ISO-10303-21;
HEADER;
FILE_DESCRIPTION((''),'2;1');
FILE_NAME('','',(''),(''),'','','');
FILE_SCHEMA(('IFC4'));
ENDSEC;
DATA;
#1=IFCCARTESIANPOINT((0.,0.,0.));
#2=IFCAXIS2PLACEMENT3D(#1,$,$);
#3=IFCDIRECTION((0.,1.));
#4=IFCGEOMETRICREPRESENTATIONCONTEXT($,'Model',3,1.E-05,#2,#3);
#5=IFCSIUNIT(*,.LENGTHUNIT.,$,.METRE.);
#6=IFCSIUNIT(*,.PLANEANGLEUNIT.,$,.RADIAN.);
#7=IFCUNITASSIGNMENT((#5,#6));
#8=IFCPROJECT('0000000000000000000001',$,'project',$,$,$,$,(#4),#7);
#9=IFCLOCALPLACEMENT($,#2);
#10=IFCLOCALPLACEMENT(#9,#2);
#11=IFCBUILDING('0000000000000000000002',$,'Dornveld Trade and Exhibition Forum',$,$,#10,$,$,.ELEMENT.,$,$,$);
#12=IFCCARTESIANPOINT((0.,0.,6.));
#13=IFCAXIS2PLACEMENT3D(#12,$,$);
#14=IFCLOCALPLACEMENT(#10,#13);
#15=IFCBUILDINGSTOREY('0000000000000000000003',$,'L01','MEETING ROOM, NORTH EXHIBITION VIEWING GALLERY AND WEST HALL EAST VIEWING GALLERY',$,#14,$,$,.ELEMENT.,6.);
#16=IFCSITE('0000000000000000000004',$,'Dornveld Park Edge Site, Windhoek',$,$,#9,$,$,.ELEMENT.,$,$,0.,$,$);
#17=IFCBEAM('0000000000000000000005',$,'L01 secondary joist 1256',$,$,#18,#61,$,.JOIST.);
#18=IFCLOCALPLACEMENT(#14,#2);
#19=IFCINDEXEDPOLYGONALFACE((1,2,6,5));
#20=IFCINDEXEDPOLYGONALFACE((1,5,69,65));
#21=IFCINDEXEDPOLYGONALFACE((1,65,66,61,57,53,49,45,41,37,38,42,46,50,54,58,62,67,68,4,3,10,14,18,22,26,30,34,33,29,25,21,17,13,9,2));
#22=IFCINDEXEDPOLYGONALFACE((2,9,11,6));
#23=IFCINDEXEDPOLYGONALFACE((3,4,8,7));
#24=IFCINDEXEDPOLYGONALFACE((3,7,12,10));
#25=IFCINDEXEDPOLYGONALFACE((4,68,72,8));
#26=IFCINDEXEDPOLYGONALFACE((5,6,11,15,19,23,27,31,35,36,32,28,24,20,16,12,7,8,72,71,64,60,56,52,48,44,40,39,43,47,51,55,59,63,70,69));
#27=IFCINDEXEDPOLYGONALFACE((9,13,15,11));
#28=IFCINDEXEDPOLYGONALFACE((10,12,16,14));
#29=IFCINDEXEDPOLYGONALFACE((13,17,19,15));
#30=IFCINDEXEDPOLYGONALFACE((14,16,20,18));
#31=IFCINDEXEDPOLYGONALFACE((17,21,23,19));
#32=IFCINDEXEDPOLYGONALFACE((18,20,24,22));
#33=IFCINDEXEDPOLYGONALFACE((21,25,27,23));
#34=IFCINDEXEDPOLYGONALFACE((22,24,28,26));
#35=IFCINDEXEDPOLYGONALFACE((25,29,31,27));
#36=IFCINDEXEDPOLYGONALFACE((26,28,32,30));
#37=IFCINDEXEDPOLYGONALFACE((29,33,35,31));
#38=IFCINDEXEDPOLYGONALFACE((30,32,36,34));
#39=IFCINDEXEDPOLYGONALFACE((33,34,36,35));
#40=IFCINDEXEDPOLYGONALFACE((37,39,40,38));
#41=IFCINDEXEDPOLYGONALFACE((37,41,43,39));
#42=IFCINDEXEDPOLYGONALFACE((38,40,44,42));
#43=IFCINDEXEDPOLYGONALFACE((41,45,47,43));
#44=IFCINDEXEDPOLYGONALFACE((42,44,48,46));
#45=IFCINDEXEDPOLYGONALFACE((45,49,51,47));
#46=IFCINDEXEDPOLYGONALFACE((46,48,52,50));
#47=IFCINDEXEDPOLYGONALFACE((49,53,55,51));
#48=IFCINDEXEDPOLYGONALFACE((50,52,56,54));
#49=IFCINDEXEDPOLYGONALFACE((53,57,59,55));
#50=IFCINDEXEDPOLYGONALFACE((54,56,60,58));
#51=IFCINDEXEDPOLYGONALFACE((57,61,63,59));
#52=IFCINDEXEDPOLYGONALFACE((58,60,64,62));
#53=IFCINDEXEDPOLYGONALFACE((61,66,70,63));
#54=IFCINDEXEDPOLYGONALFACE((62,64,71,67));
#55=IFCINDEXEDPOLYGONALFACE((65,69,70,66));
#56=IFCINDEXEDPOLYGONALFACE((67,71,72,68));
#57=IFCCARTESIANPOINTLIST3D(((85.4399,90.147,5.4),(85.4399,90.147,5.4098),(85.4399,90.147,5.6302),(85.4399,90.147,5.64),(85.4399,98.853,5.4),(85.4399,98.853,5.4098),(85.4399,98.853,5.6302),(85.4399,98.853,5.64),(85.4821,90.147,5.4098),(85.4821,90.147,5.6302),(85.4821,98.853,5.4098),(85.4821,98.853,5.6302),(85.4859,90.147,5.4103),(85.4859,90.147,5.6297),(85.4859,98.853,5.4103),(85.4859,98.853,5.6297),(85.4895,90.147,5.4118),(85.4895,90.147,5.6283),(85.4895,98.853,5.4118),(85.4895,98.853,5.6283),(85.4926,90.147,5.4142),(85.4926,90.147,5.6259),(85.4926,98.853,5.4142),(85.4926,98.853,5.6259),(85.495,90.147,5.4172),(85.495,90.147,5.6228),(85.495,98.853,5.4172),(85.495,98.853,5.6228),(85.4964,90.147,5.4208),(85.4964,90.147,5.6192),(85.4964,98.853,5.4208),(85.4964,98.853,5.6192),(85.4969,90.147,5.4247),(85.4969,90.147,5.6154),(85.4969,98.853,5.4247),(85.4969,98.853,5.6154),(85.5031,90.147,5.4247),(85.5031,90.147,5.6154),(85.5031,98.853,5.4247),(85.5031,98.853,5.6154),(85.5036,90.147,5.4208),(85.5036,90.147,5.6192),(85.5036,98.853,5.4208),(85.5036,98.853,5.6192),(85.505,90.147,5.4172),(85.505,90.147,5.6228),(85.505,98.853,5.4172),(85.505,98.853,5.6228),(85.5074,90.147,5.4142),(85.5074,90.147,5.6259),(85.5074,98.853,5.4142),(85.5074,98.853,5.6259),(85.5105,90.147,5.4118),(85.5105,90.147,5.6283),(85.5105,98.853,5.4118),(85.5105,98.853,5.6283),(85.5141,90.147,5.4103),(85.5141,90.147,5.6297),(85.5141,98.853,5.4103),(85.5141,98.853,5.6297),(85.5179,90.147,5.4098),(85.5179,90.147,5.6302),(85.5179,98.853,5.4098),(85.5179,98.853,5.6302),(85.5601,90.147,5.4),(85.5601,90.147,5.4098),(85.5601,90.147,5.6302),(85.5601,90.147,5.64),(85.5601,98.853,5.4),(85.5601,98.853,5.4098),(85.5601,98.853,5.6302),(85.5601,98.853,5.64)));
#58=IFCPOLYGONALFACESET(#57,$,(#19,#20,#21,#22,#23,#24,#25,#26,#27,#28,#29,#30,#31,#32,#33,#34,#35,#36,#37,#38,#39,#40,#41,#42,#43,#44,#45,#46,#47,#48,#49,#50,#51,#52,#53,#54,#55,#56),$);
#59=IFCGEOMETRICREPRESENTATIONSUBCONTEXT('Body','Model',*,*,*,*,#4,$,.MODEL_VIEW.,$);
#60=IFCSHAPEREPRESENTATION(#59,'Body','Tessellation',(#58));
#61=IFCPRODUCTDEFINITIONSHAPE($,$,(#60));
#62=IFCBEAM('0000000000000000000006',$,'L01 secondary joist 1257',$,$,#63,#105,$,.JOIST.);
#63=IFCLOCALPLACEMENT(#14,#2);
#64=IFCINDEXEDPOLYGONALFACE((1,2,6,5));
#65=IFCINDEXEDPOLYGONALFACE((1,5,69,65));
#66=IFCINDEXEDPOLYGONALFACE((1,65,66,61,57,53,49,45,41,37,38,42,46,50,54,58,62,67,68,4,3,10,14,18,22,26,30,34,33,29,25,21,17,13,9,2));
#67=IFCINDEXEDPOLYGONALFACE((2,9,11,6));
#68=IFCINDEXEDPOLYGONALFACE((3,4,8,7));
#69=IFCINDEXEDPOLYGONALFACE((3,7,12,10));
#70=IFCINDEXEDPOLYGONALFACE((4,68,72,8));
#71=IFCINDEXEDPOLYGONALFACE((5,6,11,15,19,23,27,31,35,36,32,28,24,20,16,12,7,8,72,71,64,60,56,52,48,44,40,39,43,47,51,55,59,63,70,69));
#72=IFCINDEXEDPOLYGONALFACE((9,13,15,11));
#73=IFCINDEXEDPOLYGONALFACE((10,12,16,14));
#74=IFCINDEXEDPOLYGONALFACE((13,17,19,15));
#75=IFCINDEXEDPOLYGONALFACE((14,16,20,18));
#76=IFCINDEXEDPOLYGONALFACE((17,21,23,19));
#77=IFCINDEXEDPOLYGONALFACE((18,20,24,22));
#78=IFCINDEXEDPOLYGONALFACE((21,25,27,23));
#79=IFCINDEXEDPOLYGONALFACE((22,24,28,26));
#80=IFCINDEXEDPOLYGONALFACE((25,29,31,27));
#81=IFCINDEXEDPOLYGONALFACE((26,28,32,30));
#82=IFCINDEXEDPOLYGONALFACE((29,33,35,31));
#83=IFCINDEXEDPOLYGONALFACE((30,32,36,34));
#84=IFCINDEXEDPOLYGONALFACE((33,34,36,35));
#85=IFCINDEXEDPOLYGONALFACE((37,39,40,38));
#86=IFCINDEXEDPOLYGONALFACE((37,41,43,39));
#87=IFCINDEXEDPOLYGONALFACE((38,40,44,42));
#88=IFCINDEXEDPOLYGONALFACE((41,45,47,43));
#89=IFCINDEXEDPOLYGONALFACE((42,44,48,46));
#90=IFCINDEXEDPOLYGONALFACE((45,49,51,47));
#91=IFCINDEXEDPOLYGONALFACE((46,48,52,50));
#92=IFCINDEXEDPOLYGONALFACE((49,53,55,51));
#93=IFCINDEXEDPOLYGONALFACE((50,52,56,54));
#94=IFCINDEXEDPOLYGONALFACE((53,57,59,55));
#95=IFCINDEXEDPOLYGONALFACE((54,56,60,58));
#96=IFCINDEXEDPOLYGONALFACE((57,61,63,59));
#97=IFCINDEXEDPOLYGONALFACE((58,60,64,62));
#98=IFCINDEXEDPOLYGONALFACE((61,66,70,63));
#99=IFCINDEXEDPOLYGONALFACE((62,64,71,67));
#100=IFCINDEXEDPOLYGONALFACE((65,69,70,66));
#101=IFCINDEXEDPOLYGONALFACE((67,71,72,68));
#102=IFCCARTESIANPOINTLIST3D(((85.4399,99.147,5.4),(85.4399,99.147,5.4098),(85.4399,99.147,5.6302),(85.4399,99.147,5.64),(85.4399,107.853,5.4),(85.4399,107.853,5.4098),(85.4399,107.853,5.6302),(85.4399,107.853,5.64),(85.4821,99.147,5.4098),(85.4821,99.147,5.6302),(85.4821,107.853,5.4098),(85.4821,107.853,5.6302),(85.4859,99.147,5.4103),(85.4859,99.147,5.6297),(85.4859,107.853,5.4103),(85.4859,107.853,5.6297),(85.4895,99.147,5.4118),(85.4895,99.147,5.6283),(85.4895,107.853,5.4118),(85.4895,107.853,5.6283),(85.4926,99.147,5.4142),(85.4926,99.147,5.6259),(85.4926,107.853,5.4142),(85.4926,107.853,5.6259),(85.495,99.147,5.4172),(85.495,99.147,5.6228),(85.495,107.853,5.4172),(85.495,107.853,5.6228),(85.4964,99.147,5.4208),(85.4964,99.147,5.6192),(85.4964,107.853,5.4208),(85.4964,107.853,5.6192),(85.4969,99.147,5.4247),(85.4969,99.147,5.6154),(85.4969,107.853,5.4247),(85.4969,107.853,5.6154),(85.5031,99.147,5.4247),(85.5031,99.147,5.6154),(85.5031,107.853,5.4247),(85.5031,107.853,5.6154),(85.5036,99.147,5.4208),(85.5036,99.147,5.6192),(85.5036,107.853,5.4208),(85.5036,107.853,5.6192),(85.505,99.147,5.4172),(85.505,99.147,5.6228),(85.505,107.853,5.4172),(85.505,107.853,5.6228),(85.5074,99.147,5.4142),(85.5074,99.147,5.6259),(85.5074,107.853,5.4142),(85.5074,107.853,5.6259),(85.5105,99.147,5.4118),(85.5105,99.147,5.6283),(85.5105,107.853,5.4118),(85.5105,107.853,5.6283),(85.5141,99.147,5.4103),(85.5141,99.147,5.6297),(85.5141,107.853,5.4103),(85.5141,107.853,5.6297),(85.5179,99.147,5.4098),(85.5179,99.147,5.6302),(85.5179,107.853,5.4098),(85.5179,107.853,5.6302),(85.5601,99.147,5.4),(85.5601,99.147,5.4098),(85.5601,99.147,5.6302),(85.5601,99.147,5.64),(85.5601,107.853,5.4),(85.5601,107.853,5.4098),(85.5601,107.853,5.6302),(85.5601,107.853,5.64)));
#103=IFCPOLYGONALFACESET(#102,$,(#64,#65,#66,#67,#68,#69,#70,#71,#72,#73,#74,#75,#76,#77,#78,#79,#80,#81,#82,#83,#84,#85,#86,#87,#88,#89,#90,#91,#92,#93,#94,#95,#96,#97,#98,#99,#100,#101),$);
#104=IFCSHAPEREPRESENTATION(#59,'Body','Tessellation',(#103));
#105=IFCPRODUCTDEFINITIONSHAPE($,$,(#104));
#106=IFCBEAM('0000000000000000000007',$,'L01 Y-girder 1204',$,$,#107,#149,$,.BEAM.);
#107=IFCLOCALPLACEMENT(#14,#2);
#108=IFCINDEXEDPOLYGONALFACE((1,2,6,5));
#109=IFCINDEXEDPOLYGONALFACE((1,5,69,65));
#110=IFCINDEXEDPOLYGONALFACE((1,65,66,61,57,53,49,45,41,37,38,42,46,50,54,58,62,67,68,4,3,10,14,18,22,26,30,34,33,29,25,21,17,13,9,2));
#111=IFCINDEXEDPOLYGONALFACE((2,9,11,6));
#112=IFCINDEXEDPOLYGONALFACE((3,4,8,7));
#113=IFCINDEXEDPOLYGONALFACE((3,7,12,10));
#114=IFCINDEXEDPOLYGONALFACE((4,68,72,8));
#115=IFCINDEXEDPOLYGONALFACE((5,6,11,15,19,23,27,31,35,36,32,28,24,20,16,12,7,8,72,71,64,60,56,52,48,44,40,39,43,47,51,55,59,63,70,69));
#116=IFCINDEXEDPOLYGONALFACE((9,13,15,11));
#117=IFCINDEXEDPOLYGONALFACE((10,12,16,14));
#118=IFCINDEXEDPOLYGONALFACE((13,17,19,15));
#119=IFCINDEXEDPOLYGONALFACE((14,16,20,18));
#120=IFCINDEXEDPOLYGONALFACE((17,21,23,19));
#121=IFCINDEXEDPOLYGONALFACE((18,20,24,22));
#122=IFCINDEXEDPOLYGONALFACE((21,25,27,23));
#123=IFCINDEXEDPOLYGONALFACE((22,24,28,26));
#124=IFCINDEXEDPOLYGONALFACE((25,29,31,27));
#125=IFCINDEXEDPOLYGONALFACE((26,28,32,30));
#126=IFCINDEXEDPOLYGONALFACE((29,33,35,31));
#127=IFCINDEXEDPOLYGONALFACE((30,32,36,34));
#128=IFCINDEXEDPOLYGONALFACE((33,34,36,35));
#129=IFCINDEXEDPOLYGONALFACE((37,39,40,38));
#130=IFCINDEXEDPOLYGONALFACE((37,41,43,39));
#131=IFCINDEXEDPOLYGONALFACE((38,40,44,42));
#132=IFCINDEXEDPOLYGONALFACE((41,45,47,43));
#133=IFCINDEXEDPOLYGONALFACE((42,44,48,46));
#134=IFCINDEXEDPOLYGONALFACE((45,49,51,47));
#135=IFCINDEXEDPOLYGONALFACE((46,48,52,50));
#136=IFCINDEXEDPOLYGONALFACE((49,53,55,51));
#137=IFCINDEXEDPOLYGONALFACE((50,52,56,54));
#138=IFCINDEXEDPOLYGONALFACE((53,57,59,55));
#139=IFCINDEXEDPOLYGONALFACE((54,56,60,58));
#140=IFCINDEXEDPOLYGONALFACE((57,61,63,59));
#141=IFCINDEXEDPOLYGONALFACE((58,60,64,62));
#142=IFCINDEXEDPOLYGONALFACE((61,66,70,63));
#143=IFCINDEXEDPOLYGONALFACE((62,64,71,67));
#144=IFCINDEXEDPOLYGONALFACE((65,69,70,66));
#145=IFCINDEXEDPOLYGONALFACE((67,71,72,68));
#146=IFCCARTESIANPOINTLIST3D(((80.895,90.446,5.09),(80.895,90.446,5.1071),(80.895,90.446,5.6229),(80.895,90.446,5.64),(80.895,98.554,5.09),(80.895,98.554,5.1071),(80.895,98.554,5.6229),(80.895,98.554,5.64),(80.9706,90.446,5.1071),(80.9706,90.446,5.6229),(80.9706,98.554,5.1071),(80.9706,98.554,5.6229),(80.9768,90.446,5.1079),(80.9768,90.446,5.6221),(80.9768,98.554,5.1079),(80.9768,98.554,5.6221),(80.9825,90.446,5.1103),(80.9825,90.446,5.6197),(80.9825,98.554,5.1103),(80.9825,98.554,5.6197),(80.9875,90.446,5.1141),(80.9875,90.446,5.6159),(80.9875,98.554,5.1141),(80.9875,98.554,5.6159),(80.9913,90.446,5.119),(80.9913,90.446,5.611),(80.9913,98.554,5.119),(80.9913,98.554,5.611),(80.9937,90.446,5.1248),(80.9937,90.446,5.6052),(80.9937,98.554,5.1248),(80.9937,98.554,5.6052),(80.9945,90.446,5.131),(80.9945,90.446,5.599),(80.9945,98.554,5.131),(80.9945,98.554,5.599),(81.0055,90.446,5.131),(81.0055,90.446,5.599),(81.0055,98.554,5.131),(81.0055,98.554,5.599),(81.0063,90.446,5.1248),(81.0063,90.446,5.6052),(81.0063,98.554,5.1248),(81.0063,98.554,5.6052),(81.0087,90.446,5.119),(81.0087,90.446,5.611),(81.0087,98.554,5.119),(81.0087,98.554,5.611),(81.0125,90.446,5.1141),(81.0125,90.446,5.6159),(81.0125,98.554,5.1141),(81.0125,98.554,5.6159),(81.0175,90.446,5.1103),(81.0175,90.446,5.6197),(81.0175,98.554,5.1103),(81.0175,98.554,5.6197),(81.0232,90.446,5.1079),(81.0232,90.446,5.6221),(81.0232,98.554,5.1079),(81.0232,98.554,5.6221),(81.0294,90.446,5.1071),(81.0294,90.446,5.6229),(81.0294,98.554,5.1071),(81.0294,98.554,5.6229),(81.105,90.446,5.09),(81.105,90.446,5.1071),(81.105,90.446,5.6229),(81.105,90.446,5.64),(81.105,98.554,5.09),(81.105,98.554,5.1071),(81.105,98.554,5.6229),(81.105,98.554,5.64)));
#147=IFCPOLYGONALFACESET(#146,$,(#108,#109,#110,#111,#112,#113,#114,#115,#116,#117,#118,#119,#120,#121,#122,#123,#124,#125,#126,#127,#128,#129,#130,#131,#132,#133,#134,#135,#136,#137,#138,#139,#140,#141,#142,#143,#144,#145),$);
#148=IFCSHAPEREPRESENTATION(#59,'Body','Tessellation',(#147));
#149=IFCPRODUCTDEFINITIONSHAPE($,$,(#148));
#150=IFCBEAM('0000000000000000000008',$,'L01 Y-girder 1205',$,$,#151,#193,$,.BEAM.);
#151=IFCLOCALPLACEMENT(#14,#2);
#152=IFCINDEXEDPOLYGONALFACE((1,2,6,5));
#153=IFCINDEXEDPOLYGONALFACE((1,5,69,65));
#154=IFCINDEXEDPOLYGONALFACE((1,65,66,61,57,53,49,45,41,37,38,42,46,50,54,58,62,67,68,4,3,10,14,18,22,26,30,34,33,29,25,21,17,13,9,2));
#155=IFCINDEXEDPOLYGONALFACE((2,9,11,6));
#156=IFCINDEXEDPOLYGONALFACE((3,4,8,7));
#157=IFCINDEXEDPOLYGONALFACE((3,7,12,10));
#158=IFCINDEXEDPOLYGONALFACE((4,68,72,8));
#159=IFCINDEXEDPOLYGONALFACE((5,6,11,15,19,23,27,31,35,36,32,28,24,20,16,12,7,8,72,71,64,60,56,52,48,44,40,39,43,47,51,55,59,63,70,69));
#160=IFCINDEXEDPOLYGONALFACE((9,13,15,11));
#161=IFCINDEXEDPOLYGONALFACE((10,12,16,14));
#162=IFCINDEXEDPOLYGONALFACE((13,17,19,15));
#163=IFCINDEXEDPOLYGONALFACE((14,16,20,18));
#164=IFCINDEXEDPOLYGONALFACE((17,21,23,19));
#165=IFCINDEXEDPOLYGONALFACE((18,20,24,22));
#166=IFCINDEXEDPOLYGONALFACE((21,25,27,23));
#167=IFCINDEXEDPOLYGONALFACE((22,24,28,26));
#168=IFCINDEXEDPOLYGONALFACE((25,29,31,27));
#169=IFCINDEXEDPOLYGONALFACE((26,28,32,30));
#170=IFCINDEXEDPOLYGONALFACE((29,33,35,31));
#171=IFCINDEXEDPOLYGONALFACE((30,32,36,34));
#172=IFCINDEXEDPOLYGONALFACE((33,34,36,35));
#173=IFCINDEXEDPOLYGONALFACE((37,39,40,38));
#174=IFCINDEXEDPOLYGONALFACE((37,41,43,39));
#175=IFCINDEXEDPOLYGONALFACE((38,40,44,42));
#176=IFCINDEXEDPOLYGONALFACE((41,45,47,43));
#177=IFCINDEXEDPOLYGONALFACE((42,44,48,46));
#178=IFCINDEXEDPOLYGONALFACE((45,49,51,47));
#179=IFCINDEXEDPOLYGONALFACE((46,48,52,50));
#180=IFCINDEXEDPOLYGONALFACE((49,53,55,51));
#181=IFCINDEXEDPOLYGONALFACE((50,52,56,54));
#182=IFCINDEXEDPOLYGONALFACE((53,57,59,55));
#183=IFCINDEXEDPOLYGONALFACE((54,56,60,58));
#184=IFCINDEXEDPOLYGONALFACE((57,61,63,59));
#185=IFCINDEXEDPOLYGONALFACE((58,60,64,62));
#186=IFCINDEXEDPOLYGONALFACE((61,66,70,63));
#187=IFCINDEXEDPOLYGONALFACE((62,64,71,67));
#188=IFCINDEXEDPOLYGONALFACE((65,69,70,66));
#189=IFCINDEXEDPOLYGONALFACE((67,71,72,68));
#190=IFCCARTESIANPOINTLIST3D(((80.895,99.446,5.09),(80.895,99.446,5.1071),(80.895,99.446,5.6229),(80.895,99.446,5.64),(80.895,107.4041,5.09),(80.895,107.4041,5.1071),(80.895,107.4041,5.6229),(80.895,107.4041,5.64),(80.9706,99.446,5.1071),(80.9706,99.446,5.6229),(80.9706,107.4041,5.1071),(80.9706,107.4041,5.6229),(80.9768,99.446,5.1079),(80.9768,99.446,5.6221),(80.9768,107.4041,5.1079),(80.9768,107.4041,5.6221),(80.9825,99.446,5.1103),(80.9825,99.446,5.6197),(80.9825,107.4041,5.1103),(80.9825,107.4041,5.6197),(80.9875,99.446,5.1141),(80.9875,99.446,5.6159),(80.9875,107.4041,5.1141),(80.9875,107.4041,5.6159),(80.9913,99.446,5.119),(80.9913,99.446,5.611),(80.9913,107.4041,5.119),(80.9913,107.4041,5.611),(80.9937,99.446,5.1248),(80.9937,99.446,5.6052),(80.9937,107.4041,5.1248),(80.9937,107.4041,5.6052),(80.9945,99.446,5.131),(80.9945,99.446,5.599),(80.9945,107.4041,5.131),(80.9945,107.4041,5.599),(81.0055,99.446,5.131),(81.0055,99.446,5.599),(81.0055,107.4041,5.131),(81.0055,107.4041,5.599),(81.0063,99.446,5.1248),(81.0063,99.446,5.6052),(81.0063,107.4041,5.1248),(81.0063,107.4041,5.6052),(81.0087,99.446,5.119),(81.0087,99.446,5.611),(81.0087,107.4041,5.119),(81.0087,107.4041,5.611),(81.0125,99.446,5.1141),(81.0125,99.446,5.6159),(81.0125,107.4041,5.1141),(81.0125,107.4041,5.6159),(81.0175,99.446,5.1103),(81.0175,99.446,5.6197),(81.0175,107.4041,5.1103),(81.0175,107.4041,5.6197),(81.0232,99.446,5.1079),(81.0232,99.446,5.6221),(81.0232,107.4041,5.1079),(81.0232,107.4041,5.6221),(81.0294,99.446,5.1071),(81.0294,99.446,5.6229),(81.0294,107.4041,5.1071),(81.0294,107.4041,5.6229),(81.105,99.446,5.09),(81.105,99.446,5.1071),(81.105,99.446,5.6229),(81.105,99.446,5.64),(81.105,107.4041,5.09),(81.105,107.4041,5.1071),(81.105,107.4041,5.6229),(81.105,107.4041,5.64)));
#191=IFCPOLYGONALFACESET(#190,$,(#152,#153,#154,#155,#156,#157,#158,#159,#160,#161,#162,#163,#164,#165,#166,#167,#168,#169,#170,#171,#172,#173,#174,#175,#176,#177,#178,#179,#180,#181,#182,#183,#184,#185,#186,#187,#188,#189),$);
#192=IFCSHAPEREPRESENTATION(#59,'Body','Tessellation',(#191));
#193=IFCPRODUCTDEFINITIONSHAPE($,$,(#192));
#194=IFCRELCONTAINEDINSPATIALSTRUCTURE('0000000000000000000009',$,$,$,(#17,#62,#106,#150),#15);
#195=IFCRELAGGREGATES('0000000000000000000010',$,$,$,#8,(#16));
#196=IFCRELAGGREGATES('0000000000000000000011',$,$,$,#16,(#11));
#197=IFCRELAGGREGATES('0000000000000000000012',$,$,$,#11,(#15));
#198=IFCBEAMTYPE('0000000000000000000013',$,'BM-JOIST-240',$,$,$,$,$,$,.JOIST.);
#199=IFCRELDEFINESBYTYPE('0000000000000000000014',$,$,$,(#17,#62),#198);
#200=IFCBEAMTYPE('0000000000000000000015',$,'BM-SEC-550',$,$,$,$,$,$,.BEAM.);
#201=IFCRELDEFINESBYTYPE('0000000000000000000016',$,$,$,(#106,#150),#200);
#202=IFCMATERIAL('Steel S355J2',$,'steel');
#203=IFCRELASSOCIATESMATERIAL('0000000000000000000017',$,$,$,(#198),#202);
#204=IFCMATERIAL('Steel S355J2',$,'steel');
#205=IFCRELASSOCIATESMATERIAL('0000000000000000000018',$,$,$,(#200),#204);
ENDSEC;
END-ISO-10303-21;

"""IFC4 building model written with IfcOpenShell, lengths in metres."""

from ifc_helpers import new_model, si_unit, direction, frame, origin, origin_2d, place, context, subcontext, project, spatial, i_section, extrude, material, material_profile, profile_set, type_object, element, save


model = new_model("IFC4")

# Units and contexts
model_context = context("Model", 3, precision=1e-05, world=origin(), true_north=direction((0.0, 1.0)))
body_context = subcontext(model_context, "Body", "Model", "MODEL_VIEW")
ifc_project = project(units=[si_unit("LENGTHUNIT", "METRE"), si_unit("PLANEANGLEUNIT", "RADIAN")], contexts=[model_context])

# Site, building, storey
site_placement = place(None, origin())
site = spatial("IfcSite", under=ifc_project, at=site_placement, Name="Dornveld Park Edge Site, Windhoek", CompositionType="ELEMENT", RefElevation=0.0)
building_placement = place(site_placement, origin())
building = spatial("IfcBuilding", under=site, at=building_placement, Name="Dornveld Trade and Exhibition Forum", CompositionType="ELEMENT")
storey_placement = place(building_placement, frame((0.0, 0.0, 6.0)))
storey = spatial("IfcBuildingStorey", under=building, at=storey_placement, Name="L01", Description="MEETING ROOM, NORTH EXHIBITION VIEWING GALLERY AND WEST HALL EAST VIEWING GALLERY", CompositionType="ELEMENT", Elevation=6.0)

# Beams
ifc_material_1 = material(Name="Steel S355J2", Category="steel")
ifc_material_profile_1 = material_profile(ifc_material_1, i_section(OverallWidth=0.1201, OverallDepth=0.24, WebThickness=0.0061, FlangeThickness=0.0098, FilletRadius=0.0149, at=origin_2d()), Name="IPE 240")
ifc_profile_set_1 = profile_set([ifc_material_profile_1], Name="Steel S355J2")
beam_type_1 = type_object("IfcBeamType", Name="BM-JOIST-240", PredefinedType="JOIST", material=ifc_profile_set_1)
for number, where, z_axis, x_axis, name in (
    (1, (85.5, 90.147, 5.52), (0.0, 1.0, 0.0), (-1.0, 0.0, 0.0), "L01 secondary joist 1256"),
    (2, (85.5, 99.147, 5.52), (0.0, 1.0, 0.0), (-1.0, 0.0, 0.0), "L01 secondary joist 1257"),
):
    element("IfcBeam", number, at=place(storey_placement, frame(where, z_axis=z_axis, x_axis=x_axis)), inside=storey, type_object=beam_type_1, Name=name, PredefinedType="JOIST", context=body_context, shape_type="SweptSolid", body=[
        extrude(i_section(OverallWidth=0.1201, OverallDepth=0.24, WebThickness=0.0061, FlangeThickness=0.0098, FilletRadius=0.0149, at=origin_2d()), origin(), (0.0, 0.0, 1.0), 8.7061),
    ])
ifc_material_2 = material(Name="Steel S355J2", Category="steel")
ifc_material_profile_2 = material_profile(ifc_material_2, i_section(OverallWidth=0.21, OverallDepth=0.55, WebThickness=0.011, FlangeThickness=0.0171, FilletRadius=0.0239, at=origin_2d()), Name="IPE 550")
ifc_profile_set_2 = profile_set([ifc_material_profile_2], Name="Steel S355J2")
beam_type_2 = type_object("IfcBeamType", Name="BM-SEC-550", PredefinedType="BEAM", material=ifc_profile_set_2)
beam_1_placement = place(storey_placement, frame((81.0, 90.446, 5.365), z_axis=(0.0, 1.0, 0.0), x_axis=(-1.0, 0.0, 0.0)))
element("IfcBeam", 3, at=beam_1_placement, inside=storey, type_object=beam_type_2, Name="L01 Y-girder 1204", PredefinedType="BEAM", context=body_context, shape_type="SweptSolid", body=[
    extrude(i_section(OverallWidth=0.21, OverallDepth=0.55, WebThickness=0.011, FlangeThickness=0.0171, FilletRadius=0.0239, at=origin_2d()), origin(), (0.0, 0.0, 1.0), 8.1079),
])
beam_2_placement = place(storey_placement, frame((81.0, 99.446, 5.365), z_axis=(0.0, 1.0, 0.0), x_axis=(-1.0, 0.0, 0.0)))
element("IfcBeam", 4, at=beam_2_placement, inside=storey, type_object=beam_type_2, Name="L01 Y-girder 1205", PredefinedType="BEAM", context=body_context, shape_type="SweptSolid", body=[
    extrude(i_section(OverallWidth=0.21, OverallDepth=0.55, WebThickness=0.011, FlangeThickness=0.0171, FilletRadius=0.0239, at=origin_2d()), origin(), (0.0, 0.0, 1.0), 7.958),
])

save(model, "model.ifc")
